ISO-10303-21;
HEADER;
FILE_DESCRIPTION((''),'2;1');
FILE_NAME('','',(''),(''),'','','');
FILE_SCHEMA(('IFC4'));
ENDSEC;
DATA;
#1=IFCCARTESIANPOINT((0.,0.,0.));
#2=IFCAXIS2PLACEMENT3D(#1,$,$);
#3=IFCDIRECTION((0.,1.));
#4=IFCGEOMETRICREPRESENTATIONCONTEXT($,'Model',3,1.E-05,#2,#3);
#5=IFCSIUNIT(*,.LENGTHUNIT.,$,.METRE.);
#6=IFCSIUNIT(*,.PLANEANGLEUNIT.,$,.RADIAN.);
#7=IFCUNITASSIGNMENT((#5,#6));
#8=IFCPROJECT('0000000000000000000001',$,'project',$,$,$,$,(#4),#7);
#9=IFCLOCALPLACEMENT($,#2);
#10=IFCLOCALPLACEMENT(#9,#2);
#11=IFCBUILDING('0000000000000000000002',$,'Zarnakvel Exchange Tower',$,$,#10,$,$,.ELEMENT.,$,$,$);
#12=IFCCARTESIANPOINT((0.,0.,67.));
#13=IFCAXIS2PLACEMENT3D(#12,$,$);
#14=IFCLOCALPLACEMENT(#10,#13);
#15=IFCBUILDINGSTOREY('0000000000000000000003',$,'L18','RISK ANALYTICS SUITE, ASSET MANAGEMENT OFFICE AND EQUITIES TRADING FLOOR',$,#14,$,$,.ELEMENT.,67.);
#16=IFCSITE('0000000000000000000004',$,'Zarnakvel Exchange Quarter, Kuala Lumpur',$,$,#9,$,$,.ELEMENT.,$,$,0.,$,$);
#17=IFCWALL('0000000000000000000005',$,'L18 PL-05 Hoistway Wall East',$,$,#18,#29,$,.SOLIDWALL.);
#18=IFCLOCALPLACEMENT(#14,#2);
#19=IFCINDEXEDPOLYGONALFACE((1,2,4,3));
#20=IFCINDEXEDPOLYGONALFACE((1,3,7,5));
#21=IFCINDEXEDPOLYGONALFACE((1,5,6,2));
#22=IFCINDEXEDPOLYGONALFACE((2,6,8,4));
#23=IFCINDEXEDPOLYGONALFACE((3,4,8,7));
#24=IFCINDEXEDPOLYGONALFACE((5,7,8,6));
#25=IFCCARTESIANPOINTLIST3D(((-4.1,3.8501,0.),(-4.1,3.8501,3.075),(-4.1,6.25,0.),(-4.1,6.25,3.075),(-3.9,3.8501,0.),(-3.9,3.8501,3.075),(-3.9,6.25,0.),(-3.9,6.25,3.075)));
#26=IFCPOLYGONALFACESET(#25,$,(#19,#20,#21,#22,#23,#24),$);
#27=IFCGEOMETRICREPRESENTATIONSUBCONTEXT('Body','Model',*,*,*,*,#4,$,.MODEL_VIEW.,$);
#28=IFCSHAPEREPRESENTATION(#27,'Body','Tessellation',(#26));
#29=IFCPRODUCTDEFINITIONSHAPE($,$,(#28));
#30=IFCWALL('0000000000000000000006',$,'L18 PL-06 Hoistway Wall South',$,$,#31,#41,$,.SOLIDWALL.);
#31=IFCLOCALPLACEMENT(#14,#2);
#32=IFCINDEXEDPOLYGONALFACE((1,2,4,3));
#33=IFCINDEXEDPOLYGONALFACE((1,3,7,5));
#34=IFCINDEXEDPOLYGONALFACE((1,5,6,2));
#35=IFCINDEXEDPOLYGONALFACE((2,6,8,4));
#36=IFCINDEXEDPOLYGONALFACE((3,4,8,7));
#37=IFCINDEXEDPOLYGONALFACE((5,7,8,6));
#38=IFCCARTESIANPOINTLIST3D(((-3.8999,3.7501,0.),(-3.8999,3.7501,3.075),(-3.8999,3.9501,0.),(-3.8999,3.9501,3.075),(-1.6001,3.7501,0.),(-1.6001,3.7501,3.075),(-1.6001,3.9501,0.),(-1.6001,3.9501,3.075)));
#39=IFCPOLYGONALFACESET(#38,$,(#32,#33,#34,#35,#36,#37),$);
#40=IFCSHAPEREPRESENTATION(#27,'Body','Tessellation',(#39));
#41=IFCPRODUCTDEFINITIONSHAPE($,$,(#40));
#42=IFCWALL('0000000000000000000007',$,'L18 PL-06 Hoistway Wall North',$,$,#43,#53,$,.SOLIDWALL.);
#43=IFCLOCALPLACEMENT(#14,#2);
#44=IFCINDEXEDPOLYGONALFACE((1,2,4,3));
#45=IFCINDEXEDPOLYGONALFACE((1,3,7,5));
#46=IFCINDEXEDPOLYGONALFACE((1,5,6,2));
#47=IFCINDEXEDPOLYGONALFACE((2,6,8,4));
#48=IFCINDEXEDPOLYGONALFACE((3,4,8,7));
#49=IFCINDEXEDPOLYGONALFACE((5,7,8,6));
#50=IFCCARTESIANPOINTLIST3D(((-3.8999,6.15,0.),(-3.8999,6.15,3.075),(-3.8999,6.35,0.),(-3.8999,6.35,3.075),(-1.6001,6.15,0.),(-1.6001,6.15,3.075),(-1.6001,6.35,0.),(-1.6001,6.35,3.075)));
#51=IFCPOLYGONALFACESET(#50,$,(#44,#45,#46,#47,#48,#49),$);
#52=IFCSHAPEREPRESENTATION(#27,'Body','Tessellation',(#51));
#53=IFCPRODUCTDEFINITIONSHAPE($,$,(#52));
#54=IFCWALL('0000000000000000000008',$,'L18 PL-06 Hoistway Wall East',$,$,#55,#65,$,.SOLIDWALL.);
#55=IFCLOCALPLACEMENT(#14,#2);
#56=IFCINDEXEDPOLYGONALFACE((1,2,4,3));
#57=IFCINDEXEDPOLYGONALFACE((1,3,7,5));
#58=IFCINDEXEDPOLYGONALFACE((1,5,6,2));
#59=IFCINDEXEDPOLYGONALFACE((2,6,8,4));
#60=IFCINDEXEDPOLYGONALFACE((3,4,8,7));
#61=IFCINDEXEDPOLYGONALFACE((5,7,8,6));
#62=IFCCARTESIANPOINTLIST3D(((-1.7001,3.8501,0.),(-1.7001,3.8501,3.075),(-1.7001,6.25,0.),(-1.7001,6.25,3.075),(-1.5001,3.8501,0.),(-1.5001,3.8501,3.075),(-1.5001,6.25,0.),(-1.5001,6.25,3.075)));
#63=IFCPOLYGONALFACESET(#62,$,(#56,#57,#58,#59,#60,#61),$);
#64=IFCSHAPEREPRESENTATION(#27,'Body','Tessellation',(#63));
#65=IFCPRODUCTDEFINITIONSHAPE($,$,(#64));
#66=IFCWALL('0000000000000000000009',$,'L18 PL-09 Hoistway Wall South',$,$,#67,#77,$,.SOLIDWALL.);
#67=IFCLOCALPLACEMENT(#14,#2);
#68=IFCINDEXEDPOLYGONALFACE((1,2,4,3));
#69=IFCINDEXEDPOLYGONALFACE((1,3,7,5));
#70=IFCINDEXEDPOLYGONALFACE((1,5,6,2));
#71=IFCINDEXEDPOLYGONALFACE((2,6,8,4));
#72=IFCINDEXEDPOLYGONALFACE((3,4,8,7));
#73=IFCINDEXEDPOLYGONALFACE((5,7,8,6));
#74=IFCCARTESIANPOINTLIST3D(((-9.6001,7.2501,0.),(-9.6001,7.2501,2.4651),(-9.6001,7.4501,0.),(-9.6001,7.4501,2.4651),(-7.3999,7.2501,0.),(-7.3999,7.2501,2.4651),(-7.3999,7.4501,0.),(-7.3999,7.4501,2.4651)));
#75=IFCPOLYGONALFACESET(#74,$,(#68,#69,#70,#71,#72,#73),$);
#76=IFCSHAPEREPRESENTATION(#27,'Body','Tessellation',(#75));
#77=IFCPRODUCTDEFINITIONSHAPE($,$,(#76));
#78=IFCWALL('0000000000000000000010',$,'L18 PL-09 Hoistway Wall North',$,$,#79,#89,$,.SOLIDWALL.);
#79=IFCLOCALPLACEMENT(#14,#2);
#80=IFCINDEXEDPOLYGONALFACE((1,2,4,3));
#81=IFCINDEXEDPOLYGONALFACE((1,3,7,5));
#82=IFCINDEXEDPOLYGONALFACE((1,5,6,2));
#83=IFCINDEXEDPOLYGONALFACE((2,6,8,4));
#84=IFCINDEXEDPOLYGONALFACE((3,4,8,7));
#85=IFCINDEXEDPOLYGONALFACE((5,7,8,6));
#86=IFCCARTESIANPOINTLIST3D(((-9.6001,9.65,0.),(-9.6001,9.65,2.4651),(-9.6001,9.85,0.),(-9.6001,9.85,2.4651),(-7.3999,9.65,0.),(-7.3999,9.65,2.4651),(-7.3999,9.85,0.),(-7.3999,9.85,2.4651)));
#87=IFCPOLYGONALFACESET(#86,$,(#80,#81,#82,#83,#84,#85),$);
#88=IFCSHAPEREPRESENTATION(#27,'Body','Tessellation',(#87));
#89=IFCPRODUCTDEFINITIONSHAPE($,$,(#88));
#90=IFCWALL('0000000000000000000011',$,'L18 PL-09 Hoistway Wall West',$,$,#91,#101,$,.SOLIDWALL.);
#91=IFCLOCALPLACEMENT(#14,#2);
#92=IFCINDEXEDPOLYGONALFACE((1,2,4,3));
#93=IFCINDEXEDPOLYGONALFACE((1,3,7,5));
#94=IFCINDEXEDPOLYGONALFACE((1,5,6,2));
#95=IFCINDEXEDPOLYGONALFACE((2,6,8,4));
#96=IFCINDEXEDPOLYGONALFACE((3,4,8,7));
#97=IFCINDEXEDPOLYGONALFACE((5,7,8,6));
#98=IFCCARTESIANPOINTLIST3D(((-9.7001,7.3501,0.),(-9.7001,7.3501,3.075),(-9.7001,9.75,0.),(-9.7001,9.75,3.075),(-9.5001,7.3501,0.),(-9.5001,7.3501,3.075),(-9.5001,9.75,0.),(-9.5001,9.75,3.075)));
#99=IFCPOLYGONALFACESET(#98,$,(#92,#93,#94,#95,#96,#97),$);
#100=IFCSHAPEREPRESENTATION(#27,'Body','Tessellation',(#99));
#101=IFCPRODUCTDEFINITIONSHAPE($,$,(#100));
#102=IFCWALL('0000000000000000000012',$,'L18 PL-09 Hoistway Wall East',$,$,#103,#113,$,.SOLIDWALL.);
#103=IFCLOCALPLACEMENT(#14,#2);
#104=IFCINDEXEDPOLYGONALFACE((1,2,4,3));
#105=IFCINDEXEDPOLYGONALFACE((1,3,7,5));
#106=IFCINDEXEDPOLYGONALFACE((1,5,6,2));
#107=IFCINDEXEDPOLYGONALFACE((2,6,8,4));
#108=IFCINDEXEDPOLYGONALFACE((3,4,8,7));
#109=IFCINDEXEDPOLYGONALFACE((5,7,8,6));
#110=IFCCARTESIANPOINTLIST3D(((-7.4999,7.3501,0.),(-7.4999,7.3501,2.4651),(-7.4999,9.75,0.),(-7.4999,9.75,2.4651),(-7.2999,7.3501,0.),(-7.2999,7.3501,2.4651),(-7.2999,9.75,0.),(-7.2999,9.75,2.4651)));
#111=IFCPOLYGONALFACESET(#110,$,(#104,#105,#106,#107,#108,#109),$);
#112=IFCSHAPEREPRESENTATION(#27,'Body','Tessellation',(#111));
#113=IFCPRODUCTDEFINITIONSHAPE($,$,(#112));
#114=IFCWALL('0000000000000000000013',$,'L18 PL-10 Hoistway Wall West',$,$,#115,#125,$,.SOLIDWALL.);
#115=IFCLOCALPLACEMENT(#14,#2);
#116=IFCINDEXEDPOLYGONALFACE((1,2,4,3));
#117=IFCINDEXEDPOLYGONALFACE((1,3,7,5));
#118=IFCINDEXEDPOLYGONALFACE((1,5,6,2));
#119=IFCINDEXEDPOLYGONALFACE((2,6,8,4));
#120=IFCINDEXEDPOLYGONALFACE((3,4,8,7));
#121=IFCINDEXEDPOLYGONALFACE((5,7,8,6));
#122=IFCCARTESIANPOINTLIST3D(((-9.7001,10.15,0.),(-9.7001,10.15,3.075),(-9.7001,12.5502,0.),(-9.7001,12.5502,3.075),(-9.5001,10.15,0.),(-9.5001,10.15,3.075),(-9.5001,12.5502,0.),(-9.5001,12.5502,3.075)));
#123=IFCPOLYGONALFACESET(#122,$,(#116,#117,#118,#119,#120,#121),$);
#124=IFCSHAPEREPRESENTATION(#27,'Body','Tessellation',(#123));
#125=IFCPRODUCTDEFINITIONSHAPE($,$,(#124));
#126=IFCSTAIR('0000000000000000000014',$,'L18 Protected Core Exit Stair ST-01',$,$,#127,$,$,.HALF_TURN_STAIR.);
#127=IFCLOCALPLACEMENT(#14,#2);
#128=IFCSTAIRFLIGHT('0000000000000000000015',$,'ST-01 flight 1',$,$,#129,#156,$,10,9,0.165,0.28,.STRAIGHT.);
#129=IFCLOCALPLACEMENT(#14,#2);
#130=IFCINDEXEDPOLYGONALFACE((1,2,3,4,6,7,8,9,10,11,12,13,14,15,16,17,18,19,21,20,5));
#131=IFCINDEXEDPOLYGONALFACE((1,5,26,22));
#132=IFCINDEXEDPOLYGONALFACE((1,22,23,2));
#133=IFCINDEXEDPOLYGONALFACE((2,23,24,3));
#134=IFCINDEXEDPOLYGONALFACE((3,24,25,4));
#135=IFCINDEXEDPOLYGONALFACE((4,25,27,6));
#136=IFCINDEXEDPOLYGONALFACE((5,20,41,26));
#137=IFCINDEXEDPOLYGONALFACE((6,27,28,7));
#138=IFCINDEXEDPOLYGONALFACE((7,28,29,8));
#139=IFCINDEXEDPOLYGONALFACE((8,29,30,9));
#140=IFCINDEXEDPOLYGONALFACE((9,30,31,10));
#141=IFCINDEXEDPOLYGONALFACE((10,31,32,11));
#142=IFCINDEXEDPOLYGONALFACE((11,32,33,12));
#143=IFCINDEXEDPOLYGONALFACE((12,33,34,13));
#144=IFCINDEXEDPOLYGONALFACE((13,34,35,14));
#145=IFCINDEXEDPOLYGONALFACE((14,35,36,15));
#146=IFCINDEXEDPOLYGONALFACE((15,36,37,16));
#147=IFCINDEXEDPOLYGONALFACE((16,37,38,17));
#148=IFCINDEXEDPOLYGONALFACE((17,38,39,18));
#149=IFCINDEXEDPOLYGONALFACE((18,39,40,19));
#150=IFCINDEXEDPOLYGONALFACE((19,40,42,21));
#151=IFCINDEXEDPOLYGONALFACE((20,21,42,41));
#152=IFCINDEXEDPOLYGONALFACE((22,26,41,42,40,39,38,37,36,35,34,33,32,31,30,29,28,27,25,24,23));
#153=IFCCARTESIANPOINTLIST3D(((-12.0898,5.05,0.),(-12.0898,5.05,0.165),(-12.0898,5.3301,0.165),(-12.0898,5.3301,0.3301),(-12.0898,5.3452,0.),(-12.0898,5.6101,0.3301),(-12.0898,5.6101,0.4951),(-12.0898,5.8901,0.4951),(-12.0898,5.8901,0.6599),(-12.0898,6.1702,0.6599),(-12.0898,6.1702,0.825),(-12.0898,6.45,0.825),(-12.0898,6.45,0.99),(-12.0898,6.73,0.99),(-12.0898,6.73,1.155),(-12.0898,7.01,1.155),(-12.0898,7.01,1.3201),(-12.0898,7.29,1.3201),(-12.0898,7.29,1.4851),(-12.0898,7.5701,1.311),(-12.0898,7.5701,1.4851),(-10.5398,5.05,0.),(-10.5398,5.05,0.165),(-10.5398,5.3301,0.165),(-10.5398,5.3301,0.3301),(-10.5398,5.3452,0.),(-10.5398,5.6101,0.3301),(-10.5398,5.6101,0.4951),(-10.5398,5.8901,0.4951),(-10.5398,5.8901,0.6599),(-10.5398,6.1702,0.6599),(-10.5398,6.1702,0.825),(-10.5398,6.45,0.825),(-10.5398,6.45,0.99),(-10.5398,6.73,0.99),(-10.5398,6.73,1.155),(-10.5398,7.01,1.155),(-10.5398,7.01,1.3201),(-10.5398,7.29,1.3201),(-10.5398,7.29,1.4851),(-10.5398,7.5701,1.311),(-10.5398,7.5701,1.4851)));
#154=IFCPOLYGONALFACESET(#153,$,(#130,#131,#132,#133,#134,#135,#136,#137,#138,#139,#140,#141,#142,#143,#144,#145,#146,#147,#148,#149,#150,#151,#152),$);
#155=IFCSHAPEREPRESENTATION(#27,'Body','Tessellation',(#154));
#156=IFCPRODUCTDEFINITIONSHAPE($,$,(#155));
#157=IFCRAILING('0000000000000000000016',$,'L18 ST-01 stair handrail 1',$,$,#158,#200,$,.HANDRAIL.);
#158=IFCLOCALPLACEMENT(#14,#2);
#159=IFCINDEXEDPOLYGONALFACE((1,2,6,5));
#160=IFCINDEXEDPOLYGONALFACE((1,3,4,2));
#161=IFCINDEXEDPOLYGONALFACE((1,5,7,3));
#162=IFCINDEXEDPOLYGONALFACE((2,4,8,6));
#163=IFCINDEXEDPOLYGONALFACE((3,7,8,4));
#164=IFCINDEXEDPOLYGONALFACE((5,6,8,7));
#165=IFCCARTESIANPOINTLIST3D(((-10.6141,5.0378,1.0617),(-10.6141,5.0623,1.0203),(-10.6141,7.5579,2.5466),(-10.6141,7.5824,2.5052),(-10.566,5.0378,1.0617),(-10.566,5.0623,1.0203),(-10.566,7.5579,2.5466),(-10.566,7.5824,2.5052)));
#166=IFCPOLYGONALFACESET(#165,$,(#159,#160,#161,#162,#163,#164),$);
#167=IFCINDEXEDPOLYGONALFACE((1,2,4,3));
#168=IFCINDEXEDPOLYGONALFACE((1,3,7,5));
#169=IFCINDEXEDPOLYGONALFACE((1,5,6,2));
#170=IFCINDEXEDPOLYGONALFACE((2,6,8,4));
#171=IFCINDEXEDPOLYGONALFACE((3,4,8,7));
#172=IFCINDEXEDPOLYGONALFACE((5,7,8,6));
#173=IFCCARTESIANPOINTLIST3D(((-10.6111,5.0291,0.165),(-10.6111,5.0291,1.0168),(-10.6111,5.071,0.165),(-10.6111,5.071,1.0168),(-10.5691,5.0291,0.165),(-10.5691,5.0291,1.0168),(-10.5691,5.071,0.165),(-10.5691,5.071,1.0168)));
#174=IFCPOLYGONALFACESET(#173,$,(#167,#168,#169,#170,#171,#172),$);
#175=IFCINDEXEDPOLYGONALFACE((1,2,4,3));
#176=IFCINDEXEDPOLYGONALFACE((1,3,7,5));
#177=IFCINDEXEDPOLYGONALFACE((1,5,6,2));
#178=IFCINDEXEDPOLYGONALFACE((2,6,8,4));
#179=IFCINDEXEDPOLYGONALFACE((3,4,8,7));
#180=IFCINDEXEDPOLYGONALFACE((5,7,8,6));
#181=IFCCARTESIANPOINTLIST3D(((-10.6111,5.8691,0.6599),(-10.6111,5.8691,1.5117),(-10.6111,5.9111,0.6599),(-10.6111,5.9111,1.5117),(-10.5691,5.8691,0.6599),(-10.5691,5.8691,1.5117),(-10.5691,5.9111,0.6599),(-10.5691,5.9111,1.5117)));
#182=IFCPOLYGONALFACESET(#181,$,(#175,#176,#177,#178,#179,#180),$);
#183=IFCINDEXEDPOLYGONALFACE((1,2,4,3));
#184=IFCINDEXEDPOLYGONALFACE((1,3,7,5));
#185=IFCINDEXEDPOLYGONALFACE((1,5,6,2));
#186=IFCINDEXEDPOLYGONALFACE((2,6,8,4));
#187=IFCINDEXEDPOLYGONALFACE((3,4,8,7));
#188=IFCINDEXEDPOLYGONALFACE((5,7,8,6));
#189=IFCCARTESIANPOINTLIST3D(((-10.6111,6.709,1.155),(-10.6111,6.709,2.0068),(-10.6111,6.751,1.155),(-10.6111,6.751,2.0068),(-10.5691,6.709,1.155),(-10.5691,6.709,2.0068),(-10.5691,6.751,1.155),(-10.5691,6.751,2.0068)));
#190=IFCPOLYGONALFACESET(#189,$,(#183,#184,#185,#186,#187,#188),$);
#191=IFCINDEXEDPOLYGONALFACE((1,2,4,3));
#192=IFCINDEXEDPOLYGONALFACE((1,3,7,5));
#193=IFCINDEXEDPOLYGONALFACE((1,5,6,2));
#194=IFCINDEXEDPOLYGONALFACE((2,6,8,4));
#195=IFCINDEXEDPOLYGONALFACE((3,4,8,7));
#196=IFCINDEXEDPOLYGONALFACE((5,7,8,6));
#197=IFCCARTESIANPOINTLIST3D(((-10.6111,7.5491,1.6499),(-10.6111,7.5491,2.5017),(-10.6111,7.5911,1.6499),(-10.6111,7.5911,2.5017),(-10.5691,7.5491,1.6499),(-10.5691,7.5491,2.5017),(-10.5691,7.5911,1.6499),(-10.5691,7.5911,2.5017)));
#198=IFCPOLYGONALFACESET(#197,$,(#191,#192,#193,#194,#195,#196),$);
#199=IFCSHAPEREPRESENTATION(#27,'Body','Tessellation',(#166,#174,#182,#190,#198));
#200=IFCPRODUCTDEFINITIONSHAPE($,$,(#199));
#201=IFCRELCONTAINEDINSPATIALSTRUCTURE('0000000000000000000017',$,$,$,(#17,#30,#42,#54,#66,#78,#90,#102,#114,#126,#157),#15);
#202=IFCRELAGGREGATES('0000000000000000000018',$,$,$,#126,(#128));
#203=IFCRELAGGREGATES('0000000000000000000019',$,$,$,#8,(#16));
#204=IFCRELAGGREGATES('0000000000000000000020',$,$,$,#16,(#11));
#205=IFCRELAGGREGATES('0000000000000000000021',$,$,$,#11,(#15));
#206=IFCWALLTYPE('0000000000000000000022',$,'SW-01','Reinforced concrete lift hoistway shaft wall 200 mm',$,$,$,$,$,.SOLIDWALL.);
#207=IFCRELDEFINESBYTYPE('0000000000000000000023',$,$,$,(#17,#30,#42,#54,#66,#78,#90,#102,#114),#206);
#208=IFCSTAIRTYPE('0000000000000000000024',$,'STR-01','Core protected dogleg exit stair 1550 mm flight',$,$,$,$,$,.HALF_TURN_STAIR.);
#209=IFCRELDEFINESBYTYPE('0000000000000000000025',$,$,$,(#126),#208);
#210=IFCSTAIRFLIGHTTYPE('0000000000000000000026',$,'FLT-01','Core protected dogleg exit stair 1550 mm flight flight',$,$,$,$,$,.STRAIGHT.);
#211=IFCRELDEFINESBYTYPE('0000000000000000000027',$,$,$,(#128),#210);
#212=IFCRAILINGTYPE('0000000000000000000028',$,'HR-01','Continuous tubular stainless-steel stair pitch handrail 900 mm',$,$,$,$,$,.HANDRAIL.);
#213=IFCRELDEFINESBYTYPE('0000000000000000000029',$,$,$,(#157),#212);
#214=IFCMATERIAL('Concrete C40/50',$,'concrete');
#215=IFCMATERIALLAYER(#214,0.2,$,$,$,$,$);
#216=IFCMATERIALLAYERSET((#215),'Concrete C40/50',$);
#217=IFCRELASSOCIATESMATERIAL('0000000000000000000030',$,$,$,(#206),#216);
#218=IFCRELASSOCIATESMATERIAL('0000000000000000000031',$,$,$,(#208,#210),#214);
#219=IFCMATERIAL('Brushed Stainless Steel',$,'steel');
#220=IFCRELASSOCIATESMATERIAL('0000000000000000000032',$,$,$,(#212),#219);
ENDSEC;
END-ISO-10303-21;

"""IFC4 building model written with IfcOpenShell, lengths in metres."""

from ifc_helpers import new_model, si_unit, direction, frame, frame_2d, origin, origin_2d, place, context, subcontext, project, spatial, polyline, rectangle, outline, extrude, material, layer, layer_set, type_object, element, aggregate, save


model = new_model("IFC4")

# Units and contexts
model_context = context("Model", 3, precision=1e-05, world=origin(), true_north=direction((0.0, 1.0)))
body_context = subcontext(model_context, "Body", "Model", "MODEL_VIEW")
ifc_project = project(units=[si_unit("LENGTHUNIT", "METRE"), si_unit("PLANEANGLEUNIT", "RADIAN")], contexts=[model_context])

# Site, building, storey
site_placement = place(None, origin())
site = spatial("IfcSite", under=ifc_project, at=site_placement, Name="Zarnakvel Exchange Quarter, Kuala Lumpur", CompositionType="ELEMENT", RefElevation=0.0)
building_placement = place(site_placement, origin())
building = spatial("IfcBuilding", under=site, at=building_placement, Name="Zarnakvel Exchange Tower", CompositionType="ELEMENT")
storey_placement = place(building_placement, frame((0.0, 0.0, 67.0)))
storey = spatial("IfcBuildingStorey", under=building, at=storey_placement, Name="L18", Description="RISK ANALYTICS SUITE, ASSET MANAGEMENT OFFICE AND EQUITIES TRADING FLOOR", CompositionType="ELEMENT", Elevation=67.0)

# Shared definitions
ifc_material_1 = material(Name="Concrete C40/50", Category="concrete")
ifc_layer_1 = layer(ifc_material_1, 0.2)
ifc_layer_set_1 = layer_set([ifc_layer_1], Name="Concrete C40/50")
wall_type_1 = type_object("IfcWallType", Name="SW-01", Description="Reinforced concrete lift hoistway shaft wall 200 mm", PredefinedType="SOLIDWALL", material=ifc_layer_set_1)
ifc_material_2 = material(Name="Brushed Stainless Steel", Category="steel")

# Walls
for number, where, z_axis, x_axis, name in (
    (1, (-4.0, 6.25, 0.0), (0.0, 0.0, 1.0), (0.0, -1.0, 0.0), "L18 PL-05 Hoistway Wall East"),
):
    element("IfcWall", number, at=place(storey_placement, frame(where, z_axis=z_axis, x_axis=x_axis)), inside=storey, type_object=wall_type_1, Name=name, PredefinedType="SOLIDWALL", context=body_context, shape_type="SweptSolid", body=[
        extrude(rectangle(XDim=2.3999, YDim=0.2, at=frame_2d((1.2, 0.0))), origin(), (0.0, 0.0, 1.0), 3.075),
    ])
for number, where, z_axis, x_axis, name in (
    (2, (-1.6001, 3.8501, 0.0), (0.0, 0.0, 1.0), (-1.0, 0.0, 0.0), "L18 PL-06 Hoistway Wall South"),
    (3, (-3.8999, 6.25, 0.0), (0.0, 0.0, 1.0), (1.0, 0.0, 0.0), "L18 PL-06 Hoistway Wall North"),
):
    element("IfcWall", number, at=place(storey_placement, frame(where, z_axis=z_axis, x_axis=x_axis)), inside=storey, type_object=wall_type_1, Name=name, PredefinedType="SOLIDWALL", context=body_context, shape_type="SweptSolid", body=[
        extrude(rectangle(XDim=2.2998, YDim=0.2, at=frame_2d((1.1499, 0.0))), origin(), (0.0, 0.0, 1.0), 3.075),
    ])
wall_1_placement = place(storey_placement, frame((-1.6001, 6.25, 0.0), z_axis=(0.0, 0.0, 1.0), x_axis=(0.0, -1.0, 0.0)))
element("IfcWall", 4, at=wall_1_placement, inside=storey, type_object=wall_type_1, Name="L18 PL-06 Hoistway Wall East", PredefinedType="SOLIDWALL", context=body_context, shape_type="SweptSolid", body=[
    extrude(rectangle(XDim=2.3999, YDim=0.2, at=frame_2d((1.2, 0.0))), origin(), (0.0, 0.0, 1.0), 3.075),
])
for number, where, z_axis, x_axis, name in (
    (5, (-7.3999, 7.3501, 0.0), (0.0, 0.0, 1.0), (-1.0, 0.0, 0.0), "L18 PL-09 Hoistway Wall South"),
    (6, (-9.6001, 9.75, 0.0), (0.0, 0.0, 1.0), (1.0, 0.0, 0.0), "L18 PL-09 Hoistway Wall North"),
):
    element("IfcWall", number, at=place(storey_placement, frame(where, z_axis=z_axis, x_axis=x_axis)), inside=storey, type_object=wall_type_1, Name=name, PredefinedType="SOLIDWALL", context=body_context, shape_type="SweptSolid", body=[
        extrude(rectangle(XDim=2.2002, YDim=0.2, at=frame_2d((1.1001, 0.0))), origin(), (0.0, 0.0, 1.0), 2.4651),
    ])
wall_2_placement = place(storey_placement, frame((-9.6001, 7.3501, 0.0), z_axis=(0.0, 0.0, 1.0), x_axis=(0.0, 1.0, 0.0)))
element("IfcWall", 7, at=wall_2_placement, inside=storey, type_object=wall_type_1, Name="L18 PL-09 Hoistway Wall West", PredefinedType="SOLIDWALL", context=body_context, shape_type="SweptSolid", body=[
    extrude(rectangle(XDim=2.3999, YDim=0.2, at=frame_2d((1.2, 0.0))), origin(), (0.0, 0.0, 1.0), 3.075),
])
wall_3_placement = place(storey_placement, frame((-7.3999, 9.75, 0.0), z_axis=(0.0, 0.0, 1.0), x_axis=(0.0, -1.0, 0.0)))
element("IfcWall", 8, at=wall_3_placement, inside=storey, type_object=wall_type_1, Name="L18 PL-09 Hoistway Wall East", PredefinedType="SOLIDWALL", context=body_context, shape_type="SweptSolid", body=[
    extrude(rectangle(XDim=2.3999, YDim=0.2, at=frame_2d((1.2, 0.0))), origin(), (0.0, 0.0, 1.0), 2.4651),
])
wall_4_placement = place(storey_placement, frame((-9.6001, 10.1499, 0.0), z_axis=(0.0, 0.0, 1.0), x_axis=(0.0, 1.0, 0.0)))
element("IfcWall", 9, at=wall_4_placement, inside=storey, type_object=wall_type_1, Name="L18 PL-10 Hoistway Wall West", PredefinedType="SOLIDWALL", context=body_context, shape_type="SweptSolid", body=[
    extrude(rectangle(XDim=2.4001, YDim=0.2, at=frame_2d((1.2002, 0.0))), origin(), (0.0, 0.0, 1.0), 3.075),
])

# Stair, stair flight
stair_type = type_object("IfcStairType", Name="STR-01", Description="Core protected dogleg exit stair 1550 mm flight", PredefinedType="HALF_TURN_STAIR", material=ifc_material_1)
stair_placement = place(storey_placement, origin())
stair = element("IfcStair", 10, at=stair_placement, inside=storey, type_object=stair_type, Name="L18 Protected Core Exit Stair ST-01", PredefinedType="HALF_TURN_STAIR")
stair_flight_type = type_object("IfcStairFlightType", Name="FLT-01", Description="Core protected dogleg exit stair 1550 mm flight flight", PredefinedType="STRAIGHT", material=ifc_material_1)
stair_flight_placement = place(storey_placement, frame((-11.3149, 5.05, 0.0), z_axis=(0.0, 0.0, 1.0), x_axis=(0.0, 1.0, 0.0)))
stair_flight = element("IfcStairFlight", 11, at=stair_flight_placement, type_object=stair_flight_type, Name="ST-01 flight 1", NumberOfRisers=10, NumberOfTreads=9, PredefinedType="STRAIGHT", RiserHeight=0.165, TreadLength=0.28, context=body_context, shape_type="SweptSolid", body=[
    extrude(outline(polyline([(0.0, 0.0), (0.0, 0.165), (0.28, 0.165), (0.28, 0.3301), (0.5601, 0.3301), (0.5601, 0.4951), (0.8401, 0.4951), (0.8401, 0.6599), (1.1201, 0.6599), (1.1201, 0.825), (1.3999, 0.825), (1.3999, 0.99), (1.6799, 0.99), (1.6799, 1.155), (1.96, 1.155), (1.96, 1.3201), (2.24, 1.3201), (2.24, 1.4851), (2.52, 1.4851), (2.52, 1.6499), (2.52, 1.311), (0.2952, 0.0), (0.0, 0.0)])), frame((0.0, 0.7749, 0.0), z_axis=(0.0, -1.0, 0.0), x_axis=(1.0, 0.0, 0.0)), (0.0, 0.0, 1.0), 1.55),
])
aggregate(stair, [stair_flight])

# Railing
railing_type_1 = type_object("IfcRailingType", Name="HR-01", Description="Continuous tubular stainless-steel stair pitch handrail 900 mm", PredefinedType="HANDRAIL", material=ifc_material_2)
railing_1_placement = place(storey_placement, frame((-10.5901, 5.05, 0.165)))
element("IfcRailing", 12, at=railing_1_placement, inside=storey, type_object=railing_type_1, Name="L18 ST-01 stair handrail 1", PredefinedType="HANDRAIL", context=body_context, shape_type="SweptSolid", body=[
    extrude(rectangle(XDim=0.0481, YDim=0.0481, at=origin_2d()), frame((0.0, 0.0, 0.876), z_axis=(0.0, 0.861561, 0.507655), x_axis=(-1.0, 0.0, 0.0)), (0.0, 0.0, 1.0), 2.925),
    extrude(rectangle(XDim=0.042, YDim=0.042, at=origin_2d()), origin(), (0.0, 0.0, 1.0), 0.8518),
    extrude(rectangle(XDim=0.042, YDim=0.042, at=origin_2d()), frame((0.0, 0.8401, 0.4949)), (0.0, 0.0, 1.0), 0.8518),
    extrude(rectangle(XDim=0.042, YDim=0.042, at=origin_2d()), frame((0.0, 1.6799, 0.99)), (0.0, 0.0, 1.0), 0.8518),
    extrude(rectangle(XDim=0.042, YDim=0.042, at=origin_2d()), frame((0.0, 2.52, 1.4849)), (0.0, 0.0, 1.0), 0.8518),
])

save(model, "model.ifc")
